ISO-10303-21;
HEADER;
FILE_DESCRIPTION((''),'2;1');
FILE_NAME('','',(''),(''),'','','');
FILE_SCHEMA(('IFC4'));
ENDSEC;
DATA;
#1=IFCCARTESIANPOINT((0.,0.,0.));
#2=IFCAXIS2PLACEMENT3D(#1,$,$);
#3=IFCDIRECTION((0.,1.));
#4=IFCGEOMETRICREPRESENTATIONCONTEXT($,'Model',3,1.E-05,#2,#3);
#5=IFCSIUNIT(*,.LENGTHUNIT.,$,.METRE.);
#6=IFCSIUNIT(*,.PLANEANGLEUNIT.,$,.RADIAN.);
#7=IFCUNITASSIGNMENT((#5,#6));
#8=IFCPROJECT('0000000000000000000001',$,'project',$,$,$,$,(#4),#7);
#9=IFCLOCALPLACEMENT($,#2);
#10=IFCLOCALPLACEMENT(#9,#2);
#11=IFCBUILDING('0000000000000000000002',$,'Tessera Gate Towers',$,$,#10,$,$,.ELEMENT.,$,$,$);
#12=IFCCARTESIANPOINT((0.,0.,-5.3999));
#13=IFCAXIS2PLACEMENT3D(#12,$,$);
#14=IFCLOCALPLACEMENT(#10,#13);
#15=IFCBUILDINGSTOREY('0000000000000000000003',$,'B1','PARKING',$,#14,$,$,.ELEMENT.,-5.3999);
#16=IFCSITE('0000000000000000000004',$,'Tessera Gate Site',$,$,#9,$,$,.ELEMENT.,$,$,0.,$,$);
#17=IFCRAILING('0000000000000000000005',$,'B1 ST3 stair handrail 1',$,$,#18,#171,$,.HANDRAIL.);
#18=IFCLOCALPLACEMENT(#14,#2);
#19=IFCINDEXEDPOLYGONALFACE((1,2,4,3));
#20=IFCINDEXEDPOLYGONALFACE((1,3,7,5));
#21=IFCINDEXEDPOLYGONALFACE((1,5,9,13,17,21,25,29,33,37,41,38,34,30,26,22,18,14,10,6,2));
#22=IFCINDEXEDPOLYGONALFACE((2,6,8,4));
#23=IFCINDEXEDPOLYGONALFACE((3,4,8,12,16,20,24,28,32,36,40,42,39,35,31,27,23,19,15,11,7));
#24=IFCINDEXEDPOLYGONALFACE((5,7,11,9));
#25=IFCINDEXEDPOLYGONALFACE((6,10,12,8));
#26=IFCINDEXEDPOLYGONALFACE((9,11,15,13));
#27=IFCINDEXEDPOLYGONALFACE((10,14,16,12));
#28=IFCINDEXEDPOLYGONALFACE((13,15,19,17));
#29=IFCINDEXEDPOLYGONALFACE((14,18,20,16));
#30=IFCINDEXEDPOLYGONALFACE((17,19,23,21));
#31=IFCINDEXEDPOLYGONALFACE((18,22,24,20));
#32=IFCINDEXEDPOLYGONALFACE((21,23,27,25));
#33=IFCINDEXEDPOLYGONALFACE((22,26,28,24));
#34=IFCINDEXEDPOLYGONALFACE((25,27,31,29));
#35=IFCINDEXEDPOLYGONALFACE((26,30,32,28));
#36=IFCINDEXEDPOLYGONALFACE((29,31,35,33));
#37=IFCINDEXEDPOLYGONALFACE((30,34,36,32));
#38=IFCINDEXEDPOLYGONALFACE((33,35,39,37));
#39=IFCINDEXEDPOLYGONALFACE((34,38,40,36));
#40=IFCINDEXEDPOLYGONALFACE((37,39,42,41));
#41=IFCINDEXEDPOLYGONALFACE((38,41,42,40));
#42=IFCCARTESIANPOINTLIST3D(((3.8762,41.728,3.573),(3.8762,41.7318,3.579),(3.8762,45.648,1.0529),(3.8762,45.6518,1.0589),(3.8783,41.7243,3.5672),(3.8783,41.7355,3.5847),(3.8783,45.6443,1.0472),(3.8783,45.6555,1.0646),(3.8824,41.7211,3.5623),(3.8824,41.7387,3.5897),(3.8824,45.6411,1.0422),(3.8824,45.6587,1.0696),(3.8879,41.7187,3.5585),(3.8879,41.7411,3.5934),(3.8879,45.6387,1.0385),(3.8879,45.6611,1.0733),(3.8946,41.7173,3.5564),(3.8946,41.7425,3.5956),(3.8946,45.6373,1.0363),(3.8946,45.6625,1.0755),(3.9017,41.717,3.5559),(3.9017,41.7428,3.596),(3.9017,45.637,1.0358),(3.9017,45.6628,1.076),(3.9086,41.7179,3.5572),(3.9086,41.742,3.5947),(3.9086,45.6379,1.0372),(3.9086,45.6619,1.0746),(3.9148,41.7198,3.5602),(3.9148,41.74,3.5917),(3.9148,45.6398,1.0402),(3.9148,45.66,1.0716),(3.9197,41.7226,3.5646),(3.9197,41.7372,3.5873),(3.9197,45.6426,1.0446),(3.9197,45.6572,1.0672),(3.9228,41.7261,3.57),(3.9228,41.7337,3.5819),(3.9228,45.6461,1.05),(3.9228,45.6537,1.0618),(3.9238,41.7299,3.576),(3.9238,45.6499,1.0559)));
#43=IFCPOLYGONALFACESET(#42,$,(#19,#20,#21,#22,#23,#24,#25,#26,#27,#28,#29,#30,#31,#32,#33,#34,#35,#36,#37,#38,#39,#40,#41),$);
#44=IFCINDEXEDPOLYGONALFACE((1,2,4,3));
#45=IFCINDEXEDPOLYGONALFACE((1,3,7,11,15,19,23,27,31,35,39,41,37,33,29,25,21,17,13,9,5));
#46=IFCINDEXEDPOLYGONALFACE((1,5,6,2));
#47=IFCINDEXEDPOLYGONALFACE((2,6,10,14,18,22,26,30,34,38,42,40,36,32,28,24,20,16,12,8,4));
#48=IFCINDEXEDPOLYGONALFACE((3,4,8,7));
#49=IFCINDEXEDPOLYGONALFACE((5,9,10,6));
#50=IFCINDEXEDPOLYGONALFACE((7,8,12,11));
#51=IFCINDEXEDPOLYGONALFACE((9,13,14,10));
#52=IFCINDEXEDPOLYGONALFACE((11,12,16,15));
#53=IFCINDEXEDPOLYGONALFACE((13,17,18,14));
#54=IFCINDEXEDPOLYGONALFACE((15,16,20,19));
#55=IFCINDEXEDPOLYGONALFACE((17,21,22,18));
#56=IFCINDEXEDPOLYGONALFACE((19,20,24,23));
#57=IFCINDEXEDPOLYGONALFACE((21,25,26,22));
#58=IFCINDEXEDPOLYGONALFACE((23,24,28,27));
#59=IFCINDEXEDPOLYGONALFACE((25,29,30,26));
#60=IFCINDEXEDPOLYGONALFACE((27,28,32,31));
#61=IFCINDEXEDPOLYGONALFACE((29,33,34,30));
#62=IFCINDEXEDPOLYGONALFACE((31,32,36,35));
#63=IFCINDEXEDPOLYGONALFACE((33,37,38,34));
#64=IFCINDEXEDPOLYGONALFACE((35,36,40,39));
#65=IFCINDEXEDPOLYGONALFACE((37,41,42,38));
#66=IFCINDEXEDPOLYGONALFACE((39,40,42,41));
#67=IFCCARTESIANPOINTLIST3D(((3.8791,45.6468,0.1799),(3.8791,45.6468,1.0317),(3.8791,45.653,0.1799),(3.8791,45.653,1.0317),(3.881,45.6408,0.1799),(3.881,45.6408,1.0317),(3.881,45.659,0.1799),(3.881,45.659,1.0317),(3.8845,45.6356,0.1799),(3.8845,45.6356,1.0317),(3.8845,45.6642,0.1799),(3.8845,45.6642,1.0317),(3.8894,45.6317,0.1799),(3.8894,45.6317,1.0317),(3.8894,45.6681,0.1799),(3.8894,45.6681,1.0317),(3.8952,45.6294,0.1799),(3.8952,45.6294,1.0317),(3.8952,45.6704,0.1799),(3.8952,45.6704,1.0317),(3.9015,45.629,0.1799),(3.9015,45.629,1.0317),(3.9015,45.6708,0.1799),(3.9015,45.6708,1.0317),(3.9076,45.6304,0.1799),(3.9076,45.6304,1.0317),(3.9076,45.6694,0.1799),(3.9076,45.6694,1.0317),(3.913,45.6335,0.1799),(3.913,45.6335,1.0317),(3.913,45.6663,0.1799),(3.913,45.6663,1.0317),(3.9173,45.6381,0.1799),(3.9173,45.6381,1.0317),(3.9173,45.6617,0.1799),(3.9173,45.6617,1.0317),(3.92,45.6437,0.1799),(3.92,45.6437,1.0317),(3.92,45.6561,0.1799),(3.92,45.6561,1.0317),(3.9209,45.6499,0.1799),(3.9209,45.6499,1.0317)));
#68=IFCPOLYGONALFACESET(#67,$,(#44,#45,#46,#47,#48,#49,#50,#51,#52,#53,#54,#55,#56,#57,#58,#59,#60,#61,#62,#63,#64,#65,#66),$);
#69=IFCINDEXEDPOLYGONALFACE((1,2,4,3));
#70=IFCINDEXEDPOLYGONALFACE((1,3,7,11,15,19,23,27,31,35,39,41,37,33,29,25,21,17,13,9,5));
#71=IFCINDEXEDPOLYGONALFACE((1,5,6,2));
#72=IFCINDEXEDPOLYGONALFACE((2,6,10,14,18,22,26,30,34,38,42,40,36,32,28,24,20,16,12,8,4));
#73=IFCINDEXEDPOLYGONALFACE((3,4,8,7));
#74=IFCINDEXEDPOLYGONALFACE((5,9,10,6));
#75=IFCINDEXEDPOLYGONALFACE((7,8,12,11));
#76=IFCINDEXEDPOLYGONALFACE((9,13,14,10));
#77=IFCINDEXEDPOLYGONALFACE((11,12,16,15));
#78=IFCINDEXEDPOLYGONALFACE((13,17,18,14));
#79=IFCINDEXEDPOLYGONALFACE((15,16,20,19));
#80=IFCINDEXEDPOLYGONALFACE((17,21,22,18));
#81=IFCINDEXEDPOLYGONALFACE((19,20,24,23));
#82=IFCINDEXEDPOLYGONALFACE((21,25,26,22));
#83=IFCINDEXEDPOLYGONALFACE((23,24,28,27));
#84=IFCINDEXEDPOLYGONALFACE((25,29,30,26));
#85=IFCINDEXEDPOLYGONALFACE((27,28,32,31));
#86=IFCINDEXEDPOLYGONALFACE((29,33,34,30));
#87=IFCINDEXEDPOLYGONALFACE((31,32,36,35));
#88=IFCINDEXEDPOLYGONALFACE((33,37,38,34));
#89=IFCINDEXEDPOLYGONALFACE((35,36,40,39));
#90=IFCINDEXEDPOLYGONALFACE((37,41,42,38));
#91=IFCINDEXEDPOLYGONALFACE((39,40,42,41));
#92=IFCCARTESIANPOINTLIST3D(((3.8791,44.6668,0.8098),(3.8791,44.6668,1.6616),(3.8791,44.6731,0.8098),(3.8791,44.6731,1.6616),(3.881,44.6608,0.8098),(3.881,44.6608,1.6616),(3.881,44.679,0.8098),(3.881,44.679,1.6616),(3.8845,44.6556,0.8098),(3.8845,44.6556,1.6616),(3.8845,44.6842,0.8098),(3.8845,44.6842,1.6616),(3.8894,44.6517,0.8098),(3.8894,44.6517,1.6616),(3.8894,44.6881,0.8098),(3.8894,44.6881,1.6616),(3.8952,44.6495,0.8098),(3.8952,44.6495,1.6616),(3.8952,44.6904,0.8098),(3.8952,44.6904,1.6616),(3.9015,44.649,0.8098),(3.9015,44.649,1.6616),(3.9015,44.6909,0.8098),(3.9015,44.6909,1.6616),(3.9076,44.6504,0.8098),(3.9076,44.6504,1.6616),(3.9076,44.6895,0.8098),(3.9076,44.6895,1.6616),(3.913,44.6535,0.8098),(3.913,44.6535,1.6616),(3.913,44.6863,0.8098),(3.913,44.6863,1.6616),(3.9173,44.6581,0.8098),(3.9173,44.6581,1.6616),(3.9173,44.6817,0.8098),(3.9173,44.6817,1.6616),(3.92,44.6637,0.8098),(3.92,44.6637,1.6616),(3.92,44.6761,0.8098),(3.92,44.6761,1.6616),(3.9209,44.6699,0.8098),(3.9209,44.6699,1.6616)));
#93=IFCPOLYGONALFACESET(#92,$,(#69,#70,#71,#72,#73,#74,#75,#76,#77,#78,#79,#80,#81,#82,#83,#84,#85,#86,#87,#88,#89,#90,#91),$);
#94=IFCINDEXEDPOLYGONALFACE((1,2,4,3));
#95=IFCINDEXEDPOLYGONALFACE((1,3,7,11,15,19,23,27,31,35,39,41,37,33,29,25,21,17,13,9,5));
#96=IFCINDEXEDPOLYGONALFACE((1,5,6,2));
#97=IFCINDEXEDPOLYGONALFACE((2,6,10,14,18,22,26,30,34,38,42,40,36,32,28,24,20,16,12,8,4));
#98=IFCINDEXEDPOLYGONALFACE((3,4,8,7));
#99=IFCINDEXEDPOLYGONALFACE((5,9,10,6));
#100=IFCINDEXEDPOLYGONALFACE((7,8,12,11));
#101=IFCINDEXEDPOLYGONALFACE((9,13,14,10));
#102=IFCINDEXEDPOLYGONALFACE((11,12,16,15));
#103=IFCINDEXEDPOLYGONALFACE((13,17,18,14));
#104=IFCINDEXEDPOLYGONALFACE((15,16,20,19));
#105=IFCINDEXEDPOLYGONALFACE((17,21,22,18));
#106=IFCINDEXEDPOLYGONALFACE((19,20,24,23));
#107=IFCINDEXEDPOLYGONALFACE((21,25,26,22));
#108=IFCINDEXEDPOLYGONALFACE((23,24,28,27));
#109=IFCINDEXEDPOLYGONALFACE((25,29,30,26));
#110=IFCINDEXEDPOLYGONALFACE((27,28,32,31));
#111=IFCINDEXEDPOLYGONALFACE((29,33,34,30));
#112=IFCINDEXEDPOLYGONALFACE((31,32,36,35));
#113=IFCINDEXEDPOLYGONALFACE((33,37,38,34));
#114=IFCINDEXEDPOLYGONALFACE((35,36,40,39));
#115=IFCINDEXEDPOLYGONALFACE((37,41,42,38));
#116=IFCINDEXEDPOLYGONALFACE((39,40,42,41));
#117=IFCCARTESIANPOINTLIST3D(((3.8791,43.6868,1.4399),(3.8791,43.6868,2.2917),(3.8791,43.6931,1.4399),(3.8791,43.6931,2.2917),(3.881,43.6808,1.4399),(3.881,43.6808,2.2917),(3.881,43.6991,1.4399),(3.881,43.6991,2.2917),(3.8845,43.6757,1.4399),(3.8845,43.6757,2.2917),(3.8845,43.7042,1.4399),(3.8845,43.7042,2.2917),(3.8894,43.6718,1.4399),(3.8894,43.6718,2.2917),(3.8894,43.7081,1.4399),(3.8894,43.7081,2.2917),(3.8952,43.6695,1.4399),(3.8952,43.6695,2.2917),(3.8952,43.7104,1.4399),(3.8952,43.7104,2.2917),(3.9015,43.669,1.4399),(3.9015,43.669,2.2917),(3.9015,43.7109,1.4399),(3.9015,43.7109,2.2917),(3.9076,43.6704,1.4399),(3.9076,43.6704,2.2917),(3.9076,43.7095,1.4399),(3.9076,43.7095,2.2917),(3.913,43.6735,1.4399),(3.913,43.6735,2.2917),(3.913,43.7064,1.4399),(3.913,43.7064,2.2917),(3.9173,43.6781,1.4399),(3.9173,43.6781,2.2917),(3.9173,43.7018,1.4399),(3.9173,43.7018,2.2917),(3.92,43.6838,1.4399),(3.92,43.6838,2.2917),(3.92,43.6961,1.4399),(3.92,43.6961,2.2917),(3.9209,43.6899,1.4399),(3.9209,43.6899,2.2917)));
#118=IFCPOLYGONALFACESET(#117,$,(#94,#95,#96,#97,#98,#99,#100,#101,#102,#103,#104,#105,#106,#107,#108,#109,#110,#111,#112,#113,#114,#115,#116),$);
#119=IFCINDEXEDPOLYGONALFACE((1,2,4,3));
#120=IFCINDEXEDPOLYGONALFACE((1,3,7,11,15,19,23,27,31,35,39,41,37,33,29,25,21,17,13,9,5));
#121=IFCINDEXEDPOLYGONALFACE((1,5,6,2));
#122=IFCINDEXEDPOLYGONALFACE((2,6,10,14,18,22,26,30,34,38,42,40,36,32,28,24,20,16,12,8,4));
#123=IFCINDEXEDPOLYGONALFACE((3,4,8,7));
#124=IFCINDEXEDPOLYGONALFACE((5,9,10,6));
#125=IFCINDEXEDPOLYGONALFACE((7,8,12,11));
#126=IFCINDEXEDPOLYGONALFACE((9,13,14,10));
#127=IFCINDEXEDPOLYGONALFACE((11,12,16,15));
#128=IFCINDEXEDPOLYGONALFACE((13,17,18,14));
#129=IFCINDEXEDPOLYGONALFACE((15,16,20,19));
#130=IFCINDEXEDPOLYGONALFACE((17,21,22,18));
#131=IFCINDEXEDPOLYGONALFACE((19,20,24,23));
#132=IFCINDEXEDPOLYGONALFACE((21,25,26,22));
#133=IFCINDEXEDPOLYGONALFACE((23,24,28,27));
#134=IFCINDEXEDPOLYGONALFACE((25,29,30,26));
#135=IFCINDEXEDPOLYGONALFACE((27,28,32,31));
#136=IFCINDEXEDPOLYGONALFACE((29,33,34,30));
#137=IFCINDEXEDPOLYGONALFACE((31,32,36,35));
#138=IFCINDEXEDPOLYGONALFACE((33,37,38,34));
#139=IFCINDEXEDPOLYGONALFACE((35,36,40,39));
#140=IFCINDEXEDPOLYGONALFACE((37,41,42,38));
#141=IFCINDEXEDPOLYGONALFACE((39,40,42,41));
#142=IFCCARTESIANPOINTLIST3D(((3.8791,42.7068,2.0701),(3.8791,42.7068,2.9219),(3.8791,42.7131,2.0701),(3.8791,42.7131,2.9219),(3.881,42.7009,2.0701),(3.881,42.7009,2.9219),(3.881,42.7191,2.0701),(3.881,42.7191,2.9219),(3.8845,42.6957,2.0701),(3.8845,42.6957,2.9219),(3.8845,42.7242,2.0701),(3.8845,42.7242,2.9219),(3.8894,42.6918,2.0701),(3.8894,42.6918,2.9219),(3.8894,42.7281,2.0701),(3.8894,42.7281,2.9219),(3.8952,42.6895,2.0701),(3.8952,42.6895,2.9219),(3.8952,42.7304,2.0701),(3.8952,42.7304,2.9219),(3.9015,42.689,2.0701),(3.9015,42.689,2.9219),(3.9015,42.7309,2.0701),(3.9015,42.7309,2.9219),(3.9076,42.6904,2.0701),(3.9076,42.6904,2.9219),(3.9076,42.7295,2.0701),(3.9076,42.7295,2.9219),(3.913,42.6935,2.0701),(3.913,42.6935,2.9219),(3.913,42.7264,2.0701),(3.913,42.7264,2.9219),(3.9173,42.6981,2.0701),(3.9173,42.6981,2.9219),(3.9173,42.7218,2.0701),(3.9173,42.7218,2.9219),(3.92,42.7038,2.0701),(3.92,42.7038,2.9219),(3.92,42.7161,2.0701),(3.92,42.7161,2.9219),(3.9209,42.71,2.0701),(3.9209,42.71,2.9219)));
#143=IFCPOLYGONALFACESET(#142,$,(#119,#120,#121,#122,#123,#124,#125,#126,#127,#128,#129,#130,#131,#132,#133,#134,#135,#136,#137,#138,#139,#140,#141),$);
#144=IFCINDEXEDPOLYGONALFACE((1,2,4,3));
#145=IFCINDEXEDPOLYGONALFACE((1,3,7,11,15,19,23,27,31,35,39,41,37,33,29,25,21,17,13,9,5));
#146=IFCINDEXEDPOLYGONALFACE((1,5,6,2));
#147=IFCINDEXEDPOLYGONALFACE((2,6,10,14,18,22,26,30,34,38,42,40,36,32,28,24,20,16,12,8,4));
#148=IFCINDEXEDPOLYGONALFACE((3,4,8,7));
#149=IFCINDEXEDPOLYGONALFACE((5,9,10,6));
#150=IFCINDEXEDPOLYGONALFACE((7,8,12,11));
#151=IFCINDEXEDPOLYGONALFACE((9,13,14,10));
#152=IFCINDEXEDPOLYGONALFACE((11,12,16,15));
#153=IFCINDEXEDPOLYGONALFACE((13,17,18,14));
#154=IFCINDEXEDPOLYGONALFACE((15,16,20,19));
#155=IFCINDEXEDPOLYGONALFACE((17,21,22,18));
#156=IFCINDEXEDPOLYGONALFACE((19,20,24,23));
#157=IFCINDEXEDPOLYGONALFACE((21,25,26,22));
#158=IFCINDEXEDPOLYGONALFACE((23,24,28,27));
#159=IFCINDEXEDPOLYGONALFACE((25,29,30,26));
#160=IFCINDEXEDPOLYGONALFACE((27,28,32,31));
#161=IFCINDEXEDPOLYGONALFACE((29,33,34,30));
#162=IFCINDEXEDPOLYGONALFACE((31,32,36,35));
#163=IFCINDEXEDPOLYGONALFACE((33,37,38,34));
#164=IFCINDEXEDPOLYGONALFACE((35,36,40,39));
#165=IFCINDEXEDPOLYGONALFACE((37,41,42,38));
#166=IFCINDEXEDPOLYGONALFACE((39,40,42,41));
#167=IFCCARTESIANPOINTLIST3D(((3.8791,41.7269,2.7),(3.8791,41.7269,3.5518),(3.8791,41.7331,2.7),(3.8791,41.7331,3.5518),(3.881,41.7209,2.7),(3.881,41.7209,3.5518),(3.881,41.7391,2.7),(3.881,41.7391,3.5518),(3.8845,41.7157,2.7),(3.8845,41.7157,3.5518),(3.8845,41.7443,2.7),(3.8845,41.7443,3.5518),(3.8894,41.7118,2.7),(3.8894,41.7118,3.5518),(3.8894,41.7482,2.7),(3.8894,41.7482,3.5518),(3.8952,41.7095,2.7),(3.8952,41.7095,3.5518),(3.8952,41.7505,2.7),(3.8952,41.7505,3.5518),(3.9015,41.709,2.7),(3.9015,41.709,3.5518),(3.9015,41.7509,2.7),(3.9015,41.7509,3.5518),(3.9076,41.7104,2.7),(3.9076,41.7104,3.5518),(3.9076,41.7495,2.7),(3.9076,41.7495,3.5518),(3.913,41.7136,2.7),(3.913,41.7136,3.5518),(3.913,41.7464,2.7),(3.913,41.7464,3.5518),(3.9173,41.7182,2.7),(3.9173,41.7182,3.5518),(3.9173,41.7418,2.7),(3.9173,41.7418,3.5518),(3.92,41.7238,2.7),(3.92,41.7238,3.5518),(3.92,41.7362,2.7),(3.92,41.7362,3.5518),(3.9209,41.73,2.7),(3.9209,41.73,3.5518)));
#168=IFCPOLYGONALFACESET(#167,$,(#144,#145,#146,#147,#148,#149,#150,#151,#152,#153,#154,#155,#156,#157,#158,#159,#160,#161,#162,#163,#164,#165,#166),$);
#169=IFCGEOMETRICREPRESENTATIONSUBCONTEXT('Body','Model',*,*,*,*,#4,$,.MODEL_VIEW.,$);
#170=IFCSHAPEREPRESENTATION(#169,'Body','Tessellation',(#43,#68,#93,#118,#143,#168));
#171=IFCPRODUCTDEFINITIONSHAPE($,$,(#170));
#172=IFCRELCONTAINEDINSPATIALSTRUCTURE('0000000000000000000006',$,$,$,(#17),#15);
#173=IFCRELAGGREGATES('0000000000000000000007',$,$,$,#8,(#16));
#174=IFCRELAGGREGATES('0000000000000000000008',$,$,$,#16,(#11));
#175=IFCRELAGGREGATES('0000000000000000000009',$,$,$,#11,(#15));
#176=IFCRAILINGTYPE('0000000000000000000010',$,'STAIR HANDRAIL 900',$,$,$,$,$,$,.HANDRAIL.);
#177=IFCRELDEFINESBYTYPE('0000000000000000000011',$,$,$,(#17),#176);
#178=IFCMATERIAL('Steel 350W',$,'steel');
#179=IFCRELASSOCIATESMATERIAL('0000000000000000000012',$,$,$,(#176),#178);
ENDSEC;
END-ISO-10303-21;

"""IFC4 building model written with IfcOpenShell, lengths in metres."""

from ifc_helpers import new_model, si_unit, direction, frame, origin, origin_2d, place, context, subcontext, project, spatial, circle, extrude, material, type_object, element, save


model = new_model("IFC4")

# Units and contexts
model_context = context("Model", 3, precision=1e-05, world=origin(), true_north=direction((0.0, 1.0)))
body_context = subcontext(model_context, "Body", "Model", "MODEL_VIEW")
ifc_project = project(units=[si_unit("LENGTHUNIT", "METRE"), si_unit("PLANEANGLEUNIT", "RADIAN")], contexts=[model_context])

# Site, building, storey
site_placement = place(None, origin())
site = spatial("IfcSite", under=ifc_project, at=site_placement, Name="Tessera Gate Site", CompositionType="ELEMENT", RefElevation=0.0)
building_placement = place(site_placement, origin())
building = spatial("IfcBuilding", under=site, at=building_placement, Name="Tessera Gate Towers", CompositionType="ELEMENT")
storey_placement = place(building_placement, frame((0.0, 0.0, -5.3999)))
storey = spatial("IfcBuildingStorey", under=building, at=storey_placement, Name="B1", Description="PARKING", CompositionType="ELEMENT", Elevation=-5.3999)

# Railing
ifc_material_1 = material(Name="Steel 350W", Category="steel")
railing_type = type_object("IfcRailingType", Name="STAIR HANDRAIL 900", PredefinedType="HANDRAIL", material=ifc_material_1)
railing_1_placement = place(storey_placement, frame((3.8999, 45.6499, 0.1799)))
element("IfcRailing", 1, at=railing_1_placement, inside=storey, type_object=railing_type, Name="B1 ST3 stair handrail 1", PredefinedType="HANDRAIL", context=body_context, shape_type="SweptSolid", body=[
    extrude(circle(Radius=0.0239, at=origin_2d()), frame((0.0, 0.0, 0.876), z_axis=(0.0, -0.841172, 0.540768), x_axis=(1.0, 0.0, 0.0)), (0.0, 0.0, 1.0), 4.6602),
    extrude(circle(Radius=0.021, at=origin_2d()), origin(), (0.0, 0.0, 1.0), 0.8518),
    extrude(circle(Radius=0.021, at=origin_2d()), frame((0.0, -0.98, 0.6299)), (0.0, 0.0, 1.0), 0.8518),
    extrude(circle(Radius=0.021, at=origin_2d()), frame((0.0, -1.96, 1.26)), (0.0, 0.0, 1.0), 0.8518),
    extrude(circle(Radius=0.021, at=origin_2d()), frame((0.0, -2.9399, 1.8901)), (0.0, 0.0, 1.0), 0.8518),
    extrude(circle(Radius=0.021, at=origin_2d()), frame((0.0, -3.9199, 2.52)), (0.0, 0.0, 1.0), 0.8518),
])

save(model, "model.ifc")
